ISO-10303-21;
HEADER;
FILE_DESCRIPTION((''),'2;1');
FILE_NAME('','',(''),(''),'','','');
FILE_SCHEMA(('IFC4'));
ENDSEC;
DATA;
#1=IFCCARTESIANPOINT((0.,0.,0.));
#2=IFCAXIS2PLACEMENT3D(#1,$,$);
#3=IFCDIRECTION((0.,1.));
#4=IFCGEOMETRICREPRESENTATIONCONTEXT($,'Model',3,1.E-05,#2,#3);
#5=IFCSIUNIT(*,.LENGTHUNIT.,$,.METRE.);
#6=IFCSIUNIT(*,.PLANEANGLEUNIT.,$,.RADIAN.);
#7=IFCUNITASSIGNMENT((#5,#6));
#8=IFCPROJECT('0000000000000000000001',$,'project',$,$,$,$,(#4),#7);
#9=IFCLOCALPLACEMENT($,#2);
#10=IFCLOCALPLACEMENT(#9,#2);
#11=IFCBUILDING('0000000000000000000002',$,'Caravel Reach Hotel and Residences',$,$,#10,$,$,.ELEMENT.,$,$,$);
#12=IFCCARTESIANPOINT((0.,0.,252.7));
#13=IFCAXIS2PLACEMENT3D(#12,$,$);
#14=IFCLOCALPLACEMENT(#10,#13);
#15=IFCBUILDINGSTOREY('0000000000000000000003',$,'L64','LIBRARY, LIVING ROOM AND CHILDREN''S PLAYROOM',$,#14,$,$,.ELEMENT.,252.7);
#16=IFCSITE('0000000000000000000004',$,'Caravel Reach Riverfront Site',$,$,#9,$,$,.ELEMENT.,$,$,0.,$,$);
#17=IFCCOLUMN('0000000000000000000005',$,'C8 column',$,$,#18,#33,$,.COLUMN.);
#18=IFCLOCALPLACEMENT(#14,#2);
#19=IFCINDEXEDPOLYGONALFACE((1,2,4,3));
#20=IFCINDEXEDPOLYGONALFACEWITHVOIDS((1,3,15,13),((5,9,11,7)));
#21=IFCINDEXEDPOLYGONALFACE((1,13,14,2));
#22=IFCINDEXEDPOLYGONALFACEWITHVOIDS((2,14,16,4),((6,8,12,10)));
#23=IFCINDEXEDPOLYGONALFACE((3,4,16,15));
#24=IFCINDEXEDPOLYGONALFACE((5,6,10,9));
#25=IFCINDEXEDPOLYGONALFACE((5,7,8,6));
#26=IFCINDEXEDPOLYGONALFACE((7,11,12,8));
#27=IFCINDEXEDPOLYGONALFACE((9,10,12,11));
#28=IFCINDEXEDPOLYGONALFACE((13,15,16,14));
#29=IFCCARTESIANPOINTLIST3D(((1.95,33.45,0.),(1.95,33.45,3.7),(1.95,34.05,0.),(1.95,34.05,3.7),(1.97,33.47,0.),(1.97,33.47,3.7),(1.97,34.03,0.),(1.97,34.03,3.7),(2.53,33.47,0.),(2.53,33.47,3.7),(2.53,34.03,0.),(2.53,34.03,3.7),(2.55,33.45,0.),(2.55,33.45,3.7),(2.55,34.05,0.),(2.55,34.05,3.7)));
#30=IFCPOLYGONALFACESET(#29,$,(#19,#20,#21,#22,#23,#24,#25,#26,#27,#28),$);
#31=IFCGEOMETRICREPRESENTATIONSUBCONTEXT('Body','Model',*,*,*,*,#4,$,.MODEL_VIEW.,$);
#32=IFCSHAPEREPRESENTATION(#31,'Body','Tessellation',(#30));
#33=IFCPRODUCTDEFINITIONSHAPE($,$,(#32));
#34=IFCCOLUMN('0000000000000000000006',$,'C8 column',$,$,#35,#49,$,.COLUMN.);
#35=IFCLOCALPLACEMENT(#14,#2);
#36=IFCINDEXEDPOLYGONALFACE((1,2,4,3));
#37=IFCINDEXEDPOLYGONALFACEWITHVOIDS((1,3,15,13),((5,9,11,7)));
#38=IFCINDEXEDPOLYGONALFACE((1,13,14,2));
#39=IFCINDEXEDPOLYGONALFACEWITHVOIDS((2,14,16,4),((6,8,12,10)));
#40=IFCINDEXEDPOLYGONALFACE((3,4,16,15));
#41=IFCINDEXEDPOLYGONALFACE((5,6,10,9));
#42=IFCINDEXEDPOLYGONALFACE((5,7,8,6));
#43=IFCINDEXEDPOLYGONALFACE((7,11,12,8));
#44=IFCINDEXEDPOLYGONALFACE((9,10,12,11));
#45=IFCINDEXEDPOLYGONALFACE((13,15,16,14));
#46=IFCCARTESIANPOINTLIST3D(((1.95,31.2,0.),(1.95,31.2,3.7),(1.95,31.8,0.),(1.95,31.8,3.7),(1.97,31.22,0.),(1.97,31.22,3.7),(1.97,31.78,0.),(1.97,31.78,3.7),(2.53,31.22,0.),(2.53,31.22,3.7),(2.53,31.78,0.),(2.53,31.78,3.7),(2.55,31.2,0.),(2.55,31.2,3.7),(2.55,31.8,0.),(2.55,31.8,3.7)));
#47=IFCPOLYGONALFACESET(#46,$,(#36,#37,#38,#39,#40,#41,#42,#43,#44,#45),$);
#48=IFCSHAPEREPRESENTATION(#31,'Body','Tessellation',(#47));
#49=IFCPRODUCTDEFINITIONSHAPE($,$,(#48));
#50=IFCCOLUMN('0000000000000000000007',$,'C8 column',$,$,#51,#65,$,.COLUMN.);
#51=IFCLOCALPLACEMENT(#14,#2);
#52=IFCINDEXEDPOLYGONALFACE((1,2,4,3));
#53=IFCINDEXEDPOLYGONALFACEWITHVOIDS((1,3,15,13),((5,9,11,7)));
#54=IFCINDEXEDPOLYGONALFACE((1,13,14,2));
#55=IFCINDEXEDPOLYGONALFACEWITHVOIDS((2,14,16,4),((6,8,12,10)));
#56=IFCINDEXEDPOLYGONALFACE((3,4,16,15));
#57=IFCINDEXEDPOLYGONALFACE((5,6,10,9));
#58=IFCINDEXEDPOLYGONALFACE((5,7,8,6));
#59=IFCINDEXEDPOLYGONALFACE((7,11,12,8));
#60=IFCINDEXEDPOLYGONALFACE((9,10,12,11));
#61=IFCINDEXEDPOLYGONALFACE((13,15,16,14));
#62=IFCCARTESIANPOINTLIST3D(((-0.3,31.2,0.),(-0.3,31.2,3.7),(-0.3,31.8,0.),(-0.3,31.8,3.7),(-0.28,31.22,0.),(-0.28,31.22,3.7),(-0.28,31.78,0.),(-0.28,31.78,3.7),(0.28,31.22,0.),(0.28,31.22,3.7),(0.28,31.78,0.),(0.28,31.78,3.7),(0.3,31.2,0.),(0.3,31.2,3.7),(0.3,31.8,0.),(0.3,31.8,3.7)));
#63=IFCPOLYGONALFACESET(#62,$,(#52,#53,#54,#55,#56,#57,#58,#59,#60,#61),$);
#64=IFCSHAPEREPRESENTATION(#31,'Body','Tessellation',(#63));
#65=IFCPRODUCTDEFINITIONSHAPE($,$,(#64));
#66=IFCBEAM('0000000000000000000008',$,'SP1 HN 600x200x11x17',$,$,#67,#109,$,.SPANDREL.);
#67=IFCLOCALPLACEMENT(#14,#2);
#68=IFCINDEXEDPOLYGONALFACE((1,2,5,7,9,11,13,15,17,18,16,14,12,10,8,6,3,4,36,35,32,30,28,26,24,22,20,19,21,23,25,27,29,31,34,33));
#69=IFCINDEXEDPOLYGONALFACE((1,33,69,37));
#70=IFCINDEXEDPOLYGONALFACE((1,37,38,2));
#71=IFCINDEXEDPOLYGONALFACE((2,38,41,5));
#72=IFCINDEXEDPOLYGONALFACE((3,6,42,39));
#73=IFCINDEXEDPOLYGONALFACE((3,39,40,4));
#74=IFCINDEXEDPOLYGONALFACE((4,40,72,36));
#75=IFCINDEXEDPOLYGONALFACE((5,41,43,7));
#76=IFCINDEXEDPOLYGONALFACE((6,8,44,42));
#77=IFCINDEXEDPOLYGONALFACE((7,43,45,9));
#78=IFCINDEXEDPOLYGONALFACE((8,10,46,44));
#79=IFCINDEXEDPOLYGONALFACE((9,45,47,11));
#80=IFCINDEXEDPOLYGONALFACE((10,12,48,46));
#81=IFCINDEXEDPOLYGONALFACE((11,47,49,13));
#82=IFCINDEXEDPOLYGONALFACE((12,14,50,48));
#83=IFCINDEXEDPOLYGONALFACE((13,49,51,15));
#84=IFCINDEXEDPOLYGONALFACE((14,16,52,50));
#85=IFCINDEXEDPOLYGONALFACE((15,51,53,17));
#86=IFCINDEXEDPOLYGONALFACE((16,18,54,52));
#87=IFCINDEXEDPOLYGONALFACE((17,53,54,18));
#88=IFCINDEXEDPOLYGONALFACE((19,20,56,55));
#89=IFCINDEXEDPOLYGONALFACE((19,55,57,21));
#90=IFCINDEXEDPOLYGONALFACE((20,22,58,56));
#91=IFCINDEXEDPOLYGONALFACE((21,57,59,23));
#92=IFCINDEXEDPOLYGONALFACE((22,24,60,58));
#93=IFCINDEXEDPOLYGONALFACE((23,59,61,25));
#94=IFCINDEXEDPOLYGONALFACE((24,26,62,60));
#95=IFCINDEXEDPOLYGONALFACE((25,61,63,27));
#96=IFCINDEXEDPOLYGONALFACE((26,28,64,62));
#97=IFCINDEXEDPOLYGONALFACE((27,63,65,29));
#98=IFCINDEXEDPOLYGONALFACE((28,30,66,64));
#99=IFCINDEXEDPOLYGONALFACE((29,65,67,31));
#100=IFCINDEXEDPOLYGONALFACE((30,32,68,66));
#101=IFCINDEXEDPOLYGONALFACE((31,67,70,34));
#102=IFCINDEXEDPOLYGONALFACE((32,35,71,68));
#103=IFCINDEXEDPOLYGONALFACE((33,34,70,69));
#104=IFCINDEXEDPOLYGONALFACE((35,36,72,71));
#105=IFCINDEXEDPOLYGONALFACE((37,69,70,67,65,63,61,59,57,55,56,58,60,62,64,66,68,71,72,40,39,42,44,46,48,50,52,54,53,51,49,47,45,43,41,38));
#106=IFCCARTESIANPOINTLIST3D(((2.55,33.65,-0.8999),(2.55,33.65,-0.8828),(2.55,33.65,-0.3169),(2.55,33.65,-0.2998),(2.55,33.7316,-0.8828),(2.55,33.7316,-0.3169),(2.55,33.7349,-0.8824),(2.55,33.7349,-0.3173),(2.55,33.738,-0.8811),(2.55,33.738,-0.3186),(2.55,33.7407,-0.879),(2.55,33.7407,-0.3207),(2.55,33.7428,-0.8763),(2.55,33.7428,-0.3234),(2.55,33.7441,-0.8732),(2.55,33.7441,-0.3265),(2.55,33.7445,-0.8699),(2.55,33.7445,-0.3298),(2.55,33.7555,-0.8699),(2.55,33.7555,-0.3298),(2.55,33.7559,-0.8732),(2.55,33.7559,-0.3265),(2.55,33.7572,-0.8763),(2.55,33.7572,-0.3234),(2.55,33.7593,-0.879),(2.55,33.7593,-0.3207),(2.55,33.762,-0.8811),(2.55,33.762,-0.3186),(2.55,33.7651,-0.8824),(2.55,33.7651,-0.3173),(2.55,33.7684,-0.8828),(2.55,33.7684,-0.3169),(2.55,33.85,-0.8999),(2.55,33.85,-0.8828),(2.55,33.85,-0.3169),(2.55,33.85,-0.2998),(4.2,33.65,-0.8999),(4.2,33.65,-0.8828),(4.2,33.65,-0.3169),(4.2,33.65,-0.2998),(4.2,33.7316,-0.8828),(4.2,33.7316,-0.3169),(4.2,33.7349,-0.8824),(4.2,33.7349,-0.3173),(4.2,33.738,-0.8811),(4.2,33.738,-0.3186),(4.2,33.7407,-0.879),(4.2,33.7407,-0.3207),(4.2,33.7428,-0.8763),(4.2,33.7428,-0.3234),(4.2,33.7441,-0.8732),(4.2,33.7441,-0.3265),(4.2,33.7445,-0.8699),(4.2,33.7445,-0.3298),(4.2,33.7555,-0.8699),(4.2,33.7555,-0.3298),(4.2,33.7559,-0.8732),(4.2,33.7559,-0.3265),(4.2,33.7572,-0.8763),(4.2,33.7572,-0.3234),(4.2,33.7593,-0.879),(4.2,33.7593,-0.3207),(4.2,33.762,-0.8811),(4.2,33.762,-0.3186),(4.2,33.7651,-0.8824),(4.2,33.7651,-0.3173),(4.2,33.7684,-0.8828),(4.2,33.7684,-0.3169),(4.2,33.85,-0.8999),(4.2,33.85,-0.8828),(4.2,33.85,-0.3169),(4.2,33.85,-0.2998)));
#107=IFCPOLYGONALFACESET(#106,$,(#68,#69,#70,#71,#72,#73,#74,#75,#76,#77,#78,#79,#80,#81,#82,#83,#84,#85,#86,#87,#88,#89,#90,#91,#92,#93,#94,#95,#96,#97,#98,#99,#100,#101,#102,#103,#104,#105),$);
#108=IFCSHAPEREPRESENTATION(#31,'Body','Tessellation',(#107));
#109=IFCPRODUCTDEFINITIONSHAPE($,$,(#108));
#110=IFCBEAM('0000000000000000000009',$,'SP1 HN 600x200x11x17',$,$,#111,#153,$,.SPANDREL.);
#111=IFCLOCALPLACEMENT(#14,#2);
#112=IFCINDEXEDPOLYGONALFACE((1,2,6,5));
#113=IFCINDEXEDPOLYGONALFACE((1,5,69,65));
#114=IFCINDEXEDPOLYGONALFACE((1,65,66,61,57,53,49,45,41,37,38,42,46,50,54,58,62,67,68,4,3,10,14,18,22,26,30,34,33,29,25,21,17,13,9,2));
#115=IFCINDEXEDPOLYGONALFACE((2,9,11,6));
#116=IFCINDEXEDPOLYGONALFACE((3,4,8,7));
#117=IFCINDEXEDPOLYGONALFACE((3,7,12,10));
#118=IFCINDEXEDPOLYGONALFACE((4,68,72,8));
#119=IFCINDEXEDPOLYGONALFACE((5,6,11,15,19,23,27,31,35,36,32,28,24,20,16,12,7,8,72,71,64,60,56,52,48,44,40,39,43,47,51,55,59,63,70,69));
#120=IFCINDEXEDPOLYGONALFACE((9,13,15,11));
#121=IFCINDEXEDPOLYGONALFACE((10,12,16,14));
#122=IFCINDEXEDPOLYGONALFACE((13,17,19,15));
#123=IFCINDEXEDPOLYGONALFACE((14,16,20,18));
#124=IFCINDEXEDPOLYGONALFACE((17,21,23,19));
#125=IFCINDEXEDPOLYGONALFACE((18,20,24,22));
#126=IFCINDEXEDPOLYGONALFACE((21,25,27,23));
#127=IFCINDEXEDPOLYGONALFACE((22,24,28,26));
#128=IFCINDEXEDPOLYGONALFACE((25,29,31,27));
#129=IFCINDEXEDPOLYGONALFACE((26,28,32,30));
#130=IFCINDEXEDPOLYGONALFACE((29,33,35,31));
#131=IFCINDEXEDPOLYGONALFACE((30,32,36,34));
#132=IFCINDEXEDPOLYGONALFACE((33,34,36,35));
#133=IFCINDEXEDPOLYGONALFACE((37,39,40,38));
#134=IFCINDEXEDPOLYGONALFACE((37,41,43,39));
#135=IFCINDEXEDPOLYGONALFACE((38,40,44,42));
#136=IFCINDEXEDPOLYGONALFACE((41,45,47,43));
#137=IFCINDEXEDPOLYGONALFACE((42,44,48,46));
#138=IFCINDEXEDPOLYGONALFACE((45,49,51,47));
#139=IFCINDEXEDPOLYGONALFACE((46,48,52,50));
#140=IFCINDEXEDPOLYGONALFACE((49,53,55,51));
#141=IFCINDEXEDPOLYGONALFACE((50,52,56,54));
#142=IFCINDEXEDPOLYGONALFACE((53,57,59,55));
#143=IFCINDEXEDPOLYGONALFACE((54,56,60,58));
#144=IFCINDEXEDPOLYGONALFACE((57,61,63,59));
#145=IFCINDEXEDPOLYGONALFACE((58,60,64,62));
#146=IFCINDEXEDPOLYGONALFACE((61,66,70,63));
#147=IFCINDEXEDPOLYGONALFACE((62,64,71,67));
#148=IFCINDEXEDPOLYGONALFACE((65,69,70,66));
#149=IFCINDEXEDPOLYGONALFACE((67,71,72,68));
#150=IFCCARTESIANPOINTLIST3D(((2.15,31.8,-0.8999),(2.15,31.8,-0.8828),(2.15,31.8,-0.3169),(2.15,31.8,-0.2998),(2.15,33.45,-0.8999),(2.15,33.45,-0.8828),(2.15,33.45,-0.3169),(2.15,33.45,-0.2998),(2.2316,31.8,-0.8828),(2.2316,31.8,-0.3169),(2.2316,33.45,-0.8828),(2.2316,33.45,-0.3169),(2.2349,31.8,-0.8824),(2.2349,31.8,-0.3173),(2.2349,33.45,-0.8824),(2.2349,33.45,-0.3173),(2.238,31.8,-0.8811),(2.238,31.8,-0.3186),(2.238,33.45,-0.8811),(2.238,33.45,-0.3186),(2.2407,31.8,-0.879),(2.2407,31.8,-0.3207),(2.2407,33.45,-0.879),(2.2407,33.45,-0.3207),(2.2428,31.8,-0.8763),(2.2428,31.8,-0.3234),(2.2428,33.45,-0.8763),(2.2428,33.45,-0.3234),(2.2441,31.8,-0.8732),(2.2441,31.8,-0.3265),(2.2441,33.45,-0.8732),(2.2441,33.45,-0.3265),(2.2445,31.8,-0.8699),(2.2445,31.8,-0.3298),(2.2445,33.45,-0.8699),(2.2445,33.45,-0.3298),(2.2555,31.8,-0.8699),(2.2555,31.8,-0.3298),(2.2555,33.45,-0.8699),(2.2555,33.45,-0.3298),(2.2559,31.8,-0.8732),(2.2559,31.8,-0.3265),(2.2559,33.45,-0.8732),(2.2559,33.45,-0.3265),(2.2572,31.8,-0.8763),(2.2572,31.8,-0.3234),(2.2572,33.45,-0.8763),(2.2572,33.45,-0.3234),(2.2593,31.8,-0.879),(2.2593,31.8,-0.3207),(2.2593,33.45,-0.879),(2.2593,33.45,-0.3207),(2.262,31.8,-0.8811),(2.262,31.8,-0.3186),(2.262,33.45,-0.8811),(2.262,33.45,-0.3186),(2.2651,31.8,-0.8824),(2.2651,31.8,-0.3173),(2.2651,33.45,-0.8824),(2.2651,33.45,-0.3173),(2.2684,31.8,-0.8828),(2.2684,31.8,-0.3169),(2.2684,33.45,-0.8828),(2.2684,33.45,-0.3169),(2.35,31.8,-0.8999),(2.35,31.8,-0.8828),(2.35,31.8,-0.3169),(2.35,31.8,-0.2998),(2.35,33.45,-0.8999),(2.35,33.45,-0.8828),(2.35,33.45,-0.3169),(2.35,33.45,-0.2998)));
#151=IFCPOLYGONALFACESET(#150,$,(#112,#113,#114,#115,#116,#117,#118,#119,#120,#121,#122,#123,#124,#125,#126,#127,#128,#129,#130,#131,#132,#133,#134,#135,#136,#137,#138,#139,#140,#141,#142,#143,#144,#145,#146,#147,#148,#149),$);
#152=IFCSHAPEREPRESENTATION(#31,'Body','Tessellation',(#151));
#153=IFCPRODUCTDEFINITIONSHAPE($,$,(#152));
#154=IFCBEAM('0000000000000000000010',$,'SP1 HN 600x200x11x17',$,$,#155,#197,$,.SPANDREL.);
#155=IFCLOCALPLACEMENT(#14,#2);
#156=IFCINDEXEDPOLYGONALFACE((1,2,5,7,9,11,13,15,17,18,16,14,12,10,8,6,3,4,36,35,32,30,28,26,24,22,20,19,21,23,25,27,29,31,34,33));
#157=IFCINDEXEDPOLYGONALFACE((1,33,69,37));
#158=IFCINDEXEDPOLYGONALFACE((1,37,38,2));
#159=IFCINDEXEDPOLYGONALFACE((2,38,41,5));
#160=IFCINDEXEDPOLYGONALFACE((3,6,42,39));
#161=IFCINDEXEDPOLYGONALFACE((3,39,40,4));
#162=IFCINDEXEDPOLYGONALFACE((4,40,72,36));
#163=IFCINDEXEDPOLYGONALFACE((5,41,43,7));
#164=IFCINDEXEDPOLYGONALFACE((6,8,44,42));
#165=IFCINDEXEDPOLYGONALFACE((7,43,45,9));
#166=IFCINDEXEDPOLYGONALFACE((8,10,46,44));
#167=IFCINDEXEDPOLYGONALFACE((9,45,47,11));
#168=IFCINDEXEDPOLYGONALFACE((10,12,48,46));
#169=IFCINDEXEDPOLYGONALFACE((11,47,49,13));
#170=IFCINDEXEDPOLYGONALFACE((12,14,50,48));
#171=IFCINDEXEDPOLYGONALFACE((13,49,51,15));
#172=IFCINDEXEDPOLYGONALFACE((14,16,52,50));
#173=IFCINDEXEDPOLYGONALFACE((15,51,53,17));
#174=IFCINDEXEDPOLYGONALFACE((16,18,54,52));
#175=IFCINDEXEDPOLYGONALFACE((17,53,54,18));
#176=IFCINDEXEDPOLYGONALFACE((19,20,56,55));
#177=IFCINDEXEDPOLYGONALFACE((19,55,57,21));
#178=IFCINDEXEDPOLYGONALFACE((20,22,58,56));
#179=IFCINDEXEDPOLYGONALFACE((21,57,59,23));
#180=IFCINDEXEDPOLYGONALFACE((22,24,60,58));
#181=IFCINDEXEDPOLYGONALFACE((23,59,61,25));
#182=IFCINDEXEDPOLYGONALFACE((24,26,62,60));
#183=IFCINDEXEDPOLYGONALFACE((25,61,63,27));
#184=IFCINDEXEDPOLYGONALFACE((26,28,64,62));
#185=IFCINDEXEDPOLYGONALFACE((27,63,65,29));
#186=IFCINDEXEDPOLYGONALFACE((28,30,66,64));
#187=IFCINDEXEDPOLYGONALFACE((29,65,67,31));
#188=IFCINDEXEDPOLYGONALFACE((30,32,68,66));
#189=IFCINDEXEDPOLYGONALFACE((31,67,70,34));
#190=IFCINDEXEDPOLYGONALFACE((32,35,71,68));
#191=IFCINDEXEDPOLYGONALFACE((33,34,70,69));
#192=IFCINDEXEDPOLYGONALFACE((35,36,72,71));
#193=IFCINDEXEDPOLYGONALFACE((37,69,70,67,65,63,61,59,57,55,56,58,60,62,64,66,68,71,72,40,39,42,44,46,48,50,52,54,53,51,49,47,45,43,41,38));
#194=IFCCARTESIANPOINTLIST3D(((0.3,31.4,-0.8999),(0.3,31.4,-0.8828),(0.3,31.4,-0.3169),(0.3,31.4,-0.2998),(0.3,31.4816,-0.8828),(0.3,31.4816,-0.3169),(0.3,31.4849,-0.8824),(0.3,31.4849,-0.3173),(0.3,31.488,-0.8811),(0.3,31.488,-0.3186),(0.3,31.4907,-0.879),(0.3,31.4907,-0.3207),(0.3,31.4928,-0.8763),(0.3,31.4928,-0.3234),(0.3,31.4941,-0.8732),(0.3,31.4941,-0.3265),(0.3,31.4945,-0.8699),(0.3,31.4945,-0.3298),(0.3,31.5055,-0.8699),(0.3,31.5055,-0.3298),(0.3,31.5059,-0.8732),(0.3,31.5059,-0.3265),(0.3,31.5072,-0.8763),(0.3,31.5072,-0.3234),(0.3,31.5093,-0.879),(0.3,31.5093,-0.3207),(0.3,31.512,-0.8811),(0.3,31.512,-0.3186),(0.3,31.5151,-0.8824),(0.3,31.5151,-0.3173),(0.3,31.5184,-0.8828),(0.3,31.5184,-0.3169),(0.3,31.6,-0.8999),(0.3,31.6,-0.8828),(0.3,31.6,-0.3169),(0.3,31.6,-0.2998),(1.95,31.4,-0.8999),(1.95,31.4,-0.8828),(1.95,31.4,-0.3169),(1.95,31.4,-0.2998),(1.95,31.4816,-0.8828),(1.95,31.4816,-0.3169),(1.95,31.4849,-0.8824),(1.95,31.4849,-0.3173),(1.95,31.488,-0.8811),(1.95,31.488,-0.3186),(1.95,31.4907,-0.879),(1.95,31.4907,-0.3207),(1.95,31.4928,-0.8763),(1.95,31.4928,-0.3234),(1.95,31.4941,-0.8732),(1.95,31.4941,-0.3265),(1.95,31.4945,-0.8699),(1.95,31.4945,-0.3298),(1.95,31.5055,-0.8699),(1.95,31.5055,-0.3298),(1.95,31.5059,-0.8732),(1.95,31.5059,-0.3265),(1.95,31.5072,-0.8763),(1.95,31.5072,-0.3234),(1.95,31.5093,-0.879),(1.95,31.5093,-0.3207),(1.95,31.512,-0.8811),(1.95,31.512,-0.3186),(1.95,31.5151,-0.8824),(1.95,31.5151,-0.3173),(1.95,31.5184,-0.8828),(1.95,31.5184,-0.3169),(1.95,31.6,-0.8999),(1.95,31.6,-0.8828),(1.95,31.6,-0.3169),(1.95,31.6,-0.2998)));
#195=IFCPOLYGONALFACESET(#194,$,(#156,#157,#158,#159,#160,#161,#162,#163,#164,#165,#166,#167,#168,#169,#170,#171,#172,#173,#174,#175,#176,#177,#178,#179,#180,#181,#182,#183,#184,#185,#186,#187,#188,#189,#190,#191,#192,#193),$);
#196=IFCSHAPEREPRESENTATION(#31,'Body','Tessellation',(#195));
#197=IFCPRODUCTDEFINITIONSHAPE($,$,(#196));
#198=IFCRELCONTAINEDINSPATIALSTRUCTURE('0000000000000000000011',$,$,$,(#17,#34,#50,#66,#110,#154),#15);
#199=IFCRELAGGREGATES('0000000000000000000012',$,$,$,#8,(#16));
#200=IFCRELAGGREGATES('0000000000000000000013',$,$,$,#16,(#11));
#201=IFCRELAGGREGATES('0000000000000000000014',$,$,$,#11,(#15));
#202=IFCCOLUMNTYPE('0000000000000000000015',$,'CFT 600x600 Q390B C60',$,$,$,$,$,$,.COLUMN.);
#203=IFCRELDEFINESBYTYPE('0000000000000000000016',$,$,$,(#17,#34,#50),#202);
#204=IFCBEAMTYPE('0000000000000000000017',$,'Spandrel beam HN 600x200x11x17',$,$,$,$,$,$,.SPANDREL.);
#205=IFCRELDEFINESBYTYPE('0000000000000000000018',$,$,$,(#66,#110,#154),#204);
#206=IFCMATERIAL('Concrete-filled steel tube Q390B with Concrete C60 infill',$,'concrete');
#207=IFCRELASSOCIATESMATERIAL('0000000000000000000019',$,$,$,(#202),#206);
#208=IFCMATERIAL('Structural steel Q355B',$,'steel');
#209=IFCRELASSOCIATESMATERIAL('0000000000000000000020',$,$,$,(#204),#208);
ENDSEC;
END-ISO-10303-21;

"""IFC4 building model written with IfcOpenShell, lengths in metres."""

from ifc_helpers import new_model, si_unit, direction, frame, origin, origin_2d, place, context, subcontext, project, spatial, hollow_rectangle, i_section, extrude, material, material_profile, profile_set, type_object, element, save


model = new_model("IFC4")

# Units and contexts
model_context = context("Model", 3, precision=1e-05, world=origin(), true_north=direction((0.0, 1.0)))
body_context = subcontext(model_context, "Body", "Model", "MODEL_VIEW")
ifc_project = project(units=[si_unit("LENGTHUNIT", "METRE"), si_unit("PLANEANGLEUNIT", "RADIAN")], contexts=[model_context])

# Site, building, storey
site_placement = place(None, origin())
site = spatial("IfcSite", under=ifc_project, at=site_placement, Name="Caravel Reach Riverfront Site", CompositionType="ELEMENT", RefElevation=0.0)
building_placement = place(site_placement, origin())
building = spatial("IfcBuilding", under=site, at=building_placement, Name="Caravel Reach Hotel and Residences", CompositionType="ELEMENT")
storey_placement = place(building_placement, frame((0.0, 0.0, 252.7)))
storey = spatial("IfcBuildingStorey", under=building, at=storey_placement, Name="L64", Description="LIBRARY, LIVING ROOM AND CHILDREN'S PLAYROOM", CompositionType="ELEMENT", Elevation=252.7)

# Columns
ifc_material_1 = material(Name="Concrete-filled steel tube Q390B with Concrete C60 infill", Category="concrete")
ifc_material_profile_1 = material_profile(ifc_material_1, hollow_rectangle(XDim=0.6001, YDim=0.6001, WallThickness=0.02, at=origin_2d()), Name="RHS 600x600x20")
ifc_profile_set_1 = profile_set([ifc_material_profile_1], Name="Concrete-filled steel tube Q390B with Concrete C60 infill")
column_type = type_object("IfcColumnType", Name="CFT 600x600 Q390B C60", PredefinedType="COLUMN", material=ifc_profile_set_1)
for number, where, z_axis, x_axis, name in (
    (1, (2.25, 33.75, 0.0), (0.0, 0.0, 1.0), (1.0, 0.0, 0.0), "C8 column"),
    (2, (2.25, 31.5, 0.0), (0.0, 0.0, 1.0), (1.0, 0.0, 0.0), "C8 column"),
    (3, (0.0, 31.5, 0.0), (0.0, 0.0, 1.0), (1.0, 0.0, 0.0), "C8 column"),
):
    element("IfcColumn", number, at=place(storey_placement, frame(where, z_axis=z_axis, x_axis=x_axis)), inside=storey, type_object=column_type, Name=name, PredefinedType="COLUMN", context=body_context, shape_type="SweptSolid", body=[
        extrude(hollow_rectangle(XDim=0.6001, YDim=0.6001, WallThickness=0.02, at=origin_2d()), origin(), (0.0, 0.0, 1.0), 3.7),
    ])

# Beams
ifc_material_2 = material(Name="Structural steel Q355B", Category="steel")
ifc_material_profile_2 = material_profile(ifc_material_2, i_section(OverallWidth=0.2, OverallDepth=0.6001, WebThickness=0.011, FlangeThickness=0.0171, FilletRadius=0.0129, at=origin_2d()), Name="HN 600x200x11x17")
ifc_profile_set_2 = profile_set([ifc_material_profile_2], Name="Structural steel Q355B")
beam_type = type_object("IfcBeamType", Name="Spandrel beam HN 600x200x11x17", PredefinedType="SPANDREL", material=ifc_profile_set_2)
for number, where, z_axis, x_axis, name in (
    (4, (4.2, 33.75, -0.5999), (-1.0, 0.0, 0.0), (0.0, -1.0, 0.0), "SP1 HN 600x200x11x17"),
    (5, (2.25, 33.45, -0.5999), (0.0, -1.0, 0.0), (1.0, 0.0, 0.0), "SP1 HN 600x200x11x17"),
    (6, (1.95, 31.5, -0.5999), (-1.0, 0.0, 0.0), (0.0, -1.0, 0.0), "SP1 HN 600x200x11x17"),
):
    element("IfcBeam", number, at=place(storey_placement, frame(where, z_axis=z_axis, x_axis=x_axis)), inside=storey, type_object=beam_type, Name=name, PredefinedType="SPANDREL", context=body_context, shape_type="SweptSolid", body=[
        extrude(i_section(OverallWidth=0.2, OverallDepth=0.6001, WebThickness=0.011, FlangeThickness=0.0171, FilletRadius=0.0129, at=origin_2d()), origin(), (0.0, 0.0, 1.0), 1.6499),
    ])

save(model, "model.ifc")
